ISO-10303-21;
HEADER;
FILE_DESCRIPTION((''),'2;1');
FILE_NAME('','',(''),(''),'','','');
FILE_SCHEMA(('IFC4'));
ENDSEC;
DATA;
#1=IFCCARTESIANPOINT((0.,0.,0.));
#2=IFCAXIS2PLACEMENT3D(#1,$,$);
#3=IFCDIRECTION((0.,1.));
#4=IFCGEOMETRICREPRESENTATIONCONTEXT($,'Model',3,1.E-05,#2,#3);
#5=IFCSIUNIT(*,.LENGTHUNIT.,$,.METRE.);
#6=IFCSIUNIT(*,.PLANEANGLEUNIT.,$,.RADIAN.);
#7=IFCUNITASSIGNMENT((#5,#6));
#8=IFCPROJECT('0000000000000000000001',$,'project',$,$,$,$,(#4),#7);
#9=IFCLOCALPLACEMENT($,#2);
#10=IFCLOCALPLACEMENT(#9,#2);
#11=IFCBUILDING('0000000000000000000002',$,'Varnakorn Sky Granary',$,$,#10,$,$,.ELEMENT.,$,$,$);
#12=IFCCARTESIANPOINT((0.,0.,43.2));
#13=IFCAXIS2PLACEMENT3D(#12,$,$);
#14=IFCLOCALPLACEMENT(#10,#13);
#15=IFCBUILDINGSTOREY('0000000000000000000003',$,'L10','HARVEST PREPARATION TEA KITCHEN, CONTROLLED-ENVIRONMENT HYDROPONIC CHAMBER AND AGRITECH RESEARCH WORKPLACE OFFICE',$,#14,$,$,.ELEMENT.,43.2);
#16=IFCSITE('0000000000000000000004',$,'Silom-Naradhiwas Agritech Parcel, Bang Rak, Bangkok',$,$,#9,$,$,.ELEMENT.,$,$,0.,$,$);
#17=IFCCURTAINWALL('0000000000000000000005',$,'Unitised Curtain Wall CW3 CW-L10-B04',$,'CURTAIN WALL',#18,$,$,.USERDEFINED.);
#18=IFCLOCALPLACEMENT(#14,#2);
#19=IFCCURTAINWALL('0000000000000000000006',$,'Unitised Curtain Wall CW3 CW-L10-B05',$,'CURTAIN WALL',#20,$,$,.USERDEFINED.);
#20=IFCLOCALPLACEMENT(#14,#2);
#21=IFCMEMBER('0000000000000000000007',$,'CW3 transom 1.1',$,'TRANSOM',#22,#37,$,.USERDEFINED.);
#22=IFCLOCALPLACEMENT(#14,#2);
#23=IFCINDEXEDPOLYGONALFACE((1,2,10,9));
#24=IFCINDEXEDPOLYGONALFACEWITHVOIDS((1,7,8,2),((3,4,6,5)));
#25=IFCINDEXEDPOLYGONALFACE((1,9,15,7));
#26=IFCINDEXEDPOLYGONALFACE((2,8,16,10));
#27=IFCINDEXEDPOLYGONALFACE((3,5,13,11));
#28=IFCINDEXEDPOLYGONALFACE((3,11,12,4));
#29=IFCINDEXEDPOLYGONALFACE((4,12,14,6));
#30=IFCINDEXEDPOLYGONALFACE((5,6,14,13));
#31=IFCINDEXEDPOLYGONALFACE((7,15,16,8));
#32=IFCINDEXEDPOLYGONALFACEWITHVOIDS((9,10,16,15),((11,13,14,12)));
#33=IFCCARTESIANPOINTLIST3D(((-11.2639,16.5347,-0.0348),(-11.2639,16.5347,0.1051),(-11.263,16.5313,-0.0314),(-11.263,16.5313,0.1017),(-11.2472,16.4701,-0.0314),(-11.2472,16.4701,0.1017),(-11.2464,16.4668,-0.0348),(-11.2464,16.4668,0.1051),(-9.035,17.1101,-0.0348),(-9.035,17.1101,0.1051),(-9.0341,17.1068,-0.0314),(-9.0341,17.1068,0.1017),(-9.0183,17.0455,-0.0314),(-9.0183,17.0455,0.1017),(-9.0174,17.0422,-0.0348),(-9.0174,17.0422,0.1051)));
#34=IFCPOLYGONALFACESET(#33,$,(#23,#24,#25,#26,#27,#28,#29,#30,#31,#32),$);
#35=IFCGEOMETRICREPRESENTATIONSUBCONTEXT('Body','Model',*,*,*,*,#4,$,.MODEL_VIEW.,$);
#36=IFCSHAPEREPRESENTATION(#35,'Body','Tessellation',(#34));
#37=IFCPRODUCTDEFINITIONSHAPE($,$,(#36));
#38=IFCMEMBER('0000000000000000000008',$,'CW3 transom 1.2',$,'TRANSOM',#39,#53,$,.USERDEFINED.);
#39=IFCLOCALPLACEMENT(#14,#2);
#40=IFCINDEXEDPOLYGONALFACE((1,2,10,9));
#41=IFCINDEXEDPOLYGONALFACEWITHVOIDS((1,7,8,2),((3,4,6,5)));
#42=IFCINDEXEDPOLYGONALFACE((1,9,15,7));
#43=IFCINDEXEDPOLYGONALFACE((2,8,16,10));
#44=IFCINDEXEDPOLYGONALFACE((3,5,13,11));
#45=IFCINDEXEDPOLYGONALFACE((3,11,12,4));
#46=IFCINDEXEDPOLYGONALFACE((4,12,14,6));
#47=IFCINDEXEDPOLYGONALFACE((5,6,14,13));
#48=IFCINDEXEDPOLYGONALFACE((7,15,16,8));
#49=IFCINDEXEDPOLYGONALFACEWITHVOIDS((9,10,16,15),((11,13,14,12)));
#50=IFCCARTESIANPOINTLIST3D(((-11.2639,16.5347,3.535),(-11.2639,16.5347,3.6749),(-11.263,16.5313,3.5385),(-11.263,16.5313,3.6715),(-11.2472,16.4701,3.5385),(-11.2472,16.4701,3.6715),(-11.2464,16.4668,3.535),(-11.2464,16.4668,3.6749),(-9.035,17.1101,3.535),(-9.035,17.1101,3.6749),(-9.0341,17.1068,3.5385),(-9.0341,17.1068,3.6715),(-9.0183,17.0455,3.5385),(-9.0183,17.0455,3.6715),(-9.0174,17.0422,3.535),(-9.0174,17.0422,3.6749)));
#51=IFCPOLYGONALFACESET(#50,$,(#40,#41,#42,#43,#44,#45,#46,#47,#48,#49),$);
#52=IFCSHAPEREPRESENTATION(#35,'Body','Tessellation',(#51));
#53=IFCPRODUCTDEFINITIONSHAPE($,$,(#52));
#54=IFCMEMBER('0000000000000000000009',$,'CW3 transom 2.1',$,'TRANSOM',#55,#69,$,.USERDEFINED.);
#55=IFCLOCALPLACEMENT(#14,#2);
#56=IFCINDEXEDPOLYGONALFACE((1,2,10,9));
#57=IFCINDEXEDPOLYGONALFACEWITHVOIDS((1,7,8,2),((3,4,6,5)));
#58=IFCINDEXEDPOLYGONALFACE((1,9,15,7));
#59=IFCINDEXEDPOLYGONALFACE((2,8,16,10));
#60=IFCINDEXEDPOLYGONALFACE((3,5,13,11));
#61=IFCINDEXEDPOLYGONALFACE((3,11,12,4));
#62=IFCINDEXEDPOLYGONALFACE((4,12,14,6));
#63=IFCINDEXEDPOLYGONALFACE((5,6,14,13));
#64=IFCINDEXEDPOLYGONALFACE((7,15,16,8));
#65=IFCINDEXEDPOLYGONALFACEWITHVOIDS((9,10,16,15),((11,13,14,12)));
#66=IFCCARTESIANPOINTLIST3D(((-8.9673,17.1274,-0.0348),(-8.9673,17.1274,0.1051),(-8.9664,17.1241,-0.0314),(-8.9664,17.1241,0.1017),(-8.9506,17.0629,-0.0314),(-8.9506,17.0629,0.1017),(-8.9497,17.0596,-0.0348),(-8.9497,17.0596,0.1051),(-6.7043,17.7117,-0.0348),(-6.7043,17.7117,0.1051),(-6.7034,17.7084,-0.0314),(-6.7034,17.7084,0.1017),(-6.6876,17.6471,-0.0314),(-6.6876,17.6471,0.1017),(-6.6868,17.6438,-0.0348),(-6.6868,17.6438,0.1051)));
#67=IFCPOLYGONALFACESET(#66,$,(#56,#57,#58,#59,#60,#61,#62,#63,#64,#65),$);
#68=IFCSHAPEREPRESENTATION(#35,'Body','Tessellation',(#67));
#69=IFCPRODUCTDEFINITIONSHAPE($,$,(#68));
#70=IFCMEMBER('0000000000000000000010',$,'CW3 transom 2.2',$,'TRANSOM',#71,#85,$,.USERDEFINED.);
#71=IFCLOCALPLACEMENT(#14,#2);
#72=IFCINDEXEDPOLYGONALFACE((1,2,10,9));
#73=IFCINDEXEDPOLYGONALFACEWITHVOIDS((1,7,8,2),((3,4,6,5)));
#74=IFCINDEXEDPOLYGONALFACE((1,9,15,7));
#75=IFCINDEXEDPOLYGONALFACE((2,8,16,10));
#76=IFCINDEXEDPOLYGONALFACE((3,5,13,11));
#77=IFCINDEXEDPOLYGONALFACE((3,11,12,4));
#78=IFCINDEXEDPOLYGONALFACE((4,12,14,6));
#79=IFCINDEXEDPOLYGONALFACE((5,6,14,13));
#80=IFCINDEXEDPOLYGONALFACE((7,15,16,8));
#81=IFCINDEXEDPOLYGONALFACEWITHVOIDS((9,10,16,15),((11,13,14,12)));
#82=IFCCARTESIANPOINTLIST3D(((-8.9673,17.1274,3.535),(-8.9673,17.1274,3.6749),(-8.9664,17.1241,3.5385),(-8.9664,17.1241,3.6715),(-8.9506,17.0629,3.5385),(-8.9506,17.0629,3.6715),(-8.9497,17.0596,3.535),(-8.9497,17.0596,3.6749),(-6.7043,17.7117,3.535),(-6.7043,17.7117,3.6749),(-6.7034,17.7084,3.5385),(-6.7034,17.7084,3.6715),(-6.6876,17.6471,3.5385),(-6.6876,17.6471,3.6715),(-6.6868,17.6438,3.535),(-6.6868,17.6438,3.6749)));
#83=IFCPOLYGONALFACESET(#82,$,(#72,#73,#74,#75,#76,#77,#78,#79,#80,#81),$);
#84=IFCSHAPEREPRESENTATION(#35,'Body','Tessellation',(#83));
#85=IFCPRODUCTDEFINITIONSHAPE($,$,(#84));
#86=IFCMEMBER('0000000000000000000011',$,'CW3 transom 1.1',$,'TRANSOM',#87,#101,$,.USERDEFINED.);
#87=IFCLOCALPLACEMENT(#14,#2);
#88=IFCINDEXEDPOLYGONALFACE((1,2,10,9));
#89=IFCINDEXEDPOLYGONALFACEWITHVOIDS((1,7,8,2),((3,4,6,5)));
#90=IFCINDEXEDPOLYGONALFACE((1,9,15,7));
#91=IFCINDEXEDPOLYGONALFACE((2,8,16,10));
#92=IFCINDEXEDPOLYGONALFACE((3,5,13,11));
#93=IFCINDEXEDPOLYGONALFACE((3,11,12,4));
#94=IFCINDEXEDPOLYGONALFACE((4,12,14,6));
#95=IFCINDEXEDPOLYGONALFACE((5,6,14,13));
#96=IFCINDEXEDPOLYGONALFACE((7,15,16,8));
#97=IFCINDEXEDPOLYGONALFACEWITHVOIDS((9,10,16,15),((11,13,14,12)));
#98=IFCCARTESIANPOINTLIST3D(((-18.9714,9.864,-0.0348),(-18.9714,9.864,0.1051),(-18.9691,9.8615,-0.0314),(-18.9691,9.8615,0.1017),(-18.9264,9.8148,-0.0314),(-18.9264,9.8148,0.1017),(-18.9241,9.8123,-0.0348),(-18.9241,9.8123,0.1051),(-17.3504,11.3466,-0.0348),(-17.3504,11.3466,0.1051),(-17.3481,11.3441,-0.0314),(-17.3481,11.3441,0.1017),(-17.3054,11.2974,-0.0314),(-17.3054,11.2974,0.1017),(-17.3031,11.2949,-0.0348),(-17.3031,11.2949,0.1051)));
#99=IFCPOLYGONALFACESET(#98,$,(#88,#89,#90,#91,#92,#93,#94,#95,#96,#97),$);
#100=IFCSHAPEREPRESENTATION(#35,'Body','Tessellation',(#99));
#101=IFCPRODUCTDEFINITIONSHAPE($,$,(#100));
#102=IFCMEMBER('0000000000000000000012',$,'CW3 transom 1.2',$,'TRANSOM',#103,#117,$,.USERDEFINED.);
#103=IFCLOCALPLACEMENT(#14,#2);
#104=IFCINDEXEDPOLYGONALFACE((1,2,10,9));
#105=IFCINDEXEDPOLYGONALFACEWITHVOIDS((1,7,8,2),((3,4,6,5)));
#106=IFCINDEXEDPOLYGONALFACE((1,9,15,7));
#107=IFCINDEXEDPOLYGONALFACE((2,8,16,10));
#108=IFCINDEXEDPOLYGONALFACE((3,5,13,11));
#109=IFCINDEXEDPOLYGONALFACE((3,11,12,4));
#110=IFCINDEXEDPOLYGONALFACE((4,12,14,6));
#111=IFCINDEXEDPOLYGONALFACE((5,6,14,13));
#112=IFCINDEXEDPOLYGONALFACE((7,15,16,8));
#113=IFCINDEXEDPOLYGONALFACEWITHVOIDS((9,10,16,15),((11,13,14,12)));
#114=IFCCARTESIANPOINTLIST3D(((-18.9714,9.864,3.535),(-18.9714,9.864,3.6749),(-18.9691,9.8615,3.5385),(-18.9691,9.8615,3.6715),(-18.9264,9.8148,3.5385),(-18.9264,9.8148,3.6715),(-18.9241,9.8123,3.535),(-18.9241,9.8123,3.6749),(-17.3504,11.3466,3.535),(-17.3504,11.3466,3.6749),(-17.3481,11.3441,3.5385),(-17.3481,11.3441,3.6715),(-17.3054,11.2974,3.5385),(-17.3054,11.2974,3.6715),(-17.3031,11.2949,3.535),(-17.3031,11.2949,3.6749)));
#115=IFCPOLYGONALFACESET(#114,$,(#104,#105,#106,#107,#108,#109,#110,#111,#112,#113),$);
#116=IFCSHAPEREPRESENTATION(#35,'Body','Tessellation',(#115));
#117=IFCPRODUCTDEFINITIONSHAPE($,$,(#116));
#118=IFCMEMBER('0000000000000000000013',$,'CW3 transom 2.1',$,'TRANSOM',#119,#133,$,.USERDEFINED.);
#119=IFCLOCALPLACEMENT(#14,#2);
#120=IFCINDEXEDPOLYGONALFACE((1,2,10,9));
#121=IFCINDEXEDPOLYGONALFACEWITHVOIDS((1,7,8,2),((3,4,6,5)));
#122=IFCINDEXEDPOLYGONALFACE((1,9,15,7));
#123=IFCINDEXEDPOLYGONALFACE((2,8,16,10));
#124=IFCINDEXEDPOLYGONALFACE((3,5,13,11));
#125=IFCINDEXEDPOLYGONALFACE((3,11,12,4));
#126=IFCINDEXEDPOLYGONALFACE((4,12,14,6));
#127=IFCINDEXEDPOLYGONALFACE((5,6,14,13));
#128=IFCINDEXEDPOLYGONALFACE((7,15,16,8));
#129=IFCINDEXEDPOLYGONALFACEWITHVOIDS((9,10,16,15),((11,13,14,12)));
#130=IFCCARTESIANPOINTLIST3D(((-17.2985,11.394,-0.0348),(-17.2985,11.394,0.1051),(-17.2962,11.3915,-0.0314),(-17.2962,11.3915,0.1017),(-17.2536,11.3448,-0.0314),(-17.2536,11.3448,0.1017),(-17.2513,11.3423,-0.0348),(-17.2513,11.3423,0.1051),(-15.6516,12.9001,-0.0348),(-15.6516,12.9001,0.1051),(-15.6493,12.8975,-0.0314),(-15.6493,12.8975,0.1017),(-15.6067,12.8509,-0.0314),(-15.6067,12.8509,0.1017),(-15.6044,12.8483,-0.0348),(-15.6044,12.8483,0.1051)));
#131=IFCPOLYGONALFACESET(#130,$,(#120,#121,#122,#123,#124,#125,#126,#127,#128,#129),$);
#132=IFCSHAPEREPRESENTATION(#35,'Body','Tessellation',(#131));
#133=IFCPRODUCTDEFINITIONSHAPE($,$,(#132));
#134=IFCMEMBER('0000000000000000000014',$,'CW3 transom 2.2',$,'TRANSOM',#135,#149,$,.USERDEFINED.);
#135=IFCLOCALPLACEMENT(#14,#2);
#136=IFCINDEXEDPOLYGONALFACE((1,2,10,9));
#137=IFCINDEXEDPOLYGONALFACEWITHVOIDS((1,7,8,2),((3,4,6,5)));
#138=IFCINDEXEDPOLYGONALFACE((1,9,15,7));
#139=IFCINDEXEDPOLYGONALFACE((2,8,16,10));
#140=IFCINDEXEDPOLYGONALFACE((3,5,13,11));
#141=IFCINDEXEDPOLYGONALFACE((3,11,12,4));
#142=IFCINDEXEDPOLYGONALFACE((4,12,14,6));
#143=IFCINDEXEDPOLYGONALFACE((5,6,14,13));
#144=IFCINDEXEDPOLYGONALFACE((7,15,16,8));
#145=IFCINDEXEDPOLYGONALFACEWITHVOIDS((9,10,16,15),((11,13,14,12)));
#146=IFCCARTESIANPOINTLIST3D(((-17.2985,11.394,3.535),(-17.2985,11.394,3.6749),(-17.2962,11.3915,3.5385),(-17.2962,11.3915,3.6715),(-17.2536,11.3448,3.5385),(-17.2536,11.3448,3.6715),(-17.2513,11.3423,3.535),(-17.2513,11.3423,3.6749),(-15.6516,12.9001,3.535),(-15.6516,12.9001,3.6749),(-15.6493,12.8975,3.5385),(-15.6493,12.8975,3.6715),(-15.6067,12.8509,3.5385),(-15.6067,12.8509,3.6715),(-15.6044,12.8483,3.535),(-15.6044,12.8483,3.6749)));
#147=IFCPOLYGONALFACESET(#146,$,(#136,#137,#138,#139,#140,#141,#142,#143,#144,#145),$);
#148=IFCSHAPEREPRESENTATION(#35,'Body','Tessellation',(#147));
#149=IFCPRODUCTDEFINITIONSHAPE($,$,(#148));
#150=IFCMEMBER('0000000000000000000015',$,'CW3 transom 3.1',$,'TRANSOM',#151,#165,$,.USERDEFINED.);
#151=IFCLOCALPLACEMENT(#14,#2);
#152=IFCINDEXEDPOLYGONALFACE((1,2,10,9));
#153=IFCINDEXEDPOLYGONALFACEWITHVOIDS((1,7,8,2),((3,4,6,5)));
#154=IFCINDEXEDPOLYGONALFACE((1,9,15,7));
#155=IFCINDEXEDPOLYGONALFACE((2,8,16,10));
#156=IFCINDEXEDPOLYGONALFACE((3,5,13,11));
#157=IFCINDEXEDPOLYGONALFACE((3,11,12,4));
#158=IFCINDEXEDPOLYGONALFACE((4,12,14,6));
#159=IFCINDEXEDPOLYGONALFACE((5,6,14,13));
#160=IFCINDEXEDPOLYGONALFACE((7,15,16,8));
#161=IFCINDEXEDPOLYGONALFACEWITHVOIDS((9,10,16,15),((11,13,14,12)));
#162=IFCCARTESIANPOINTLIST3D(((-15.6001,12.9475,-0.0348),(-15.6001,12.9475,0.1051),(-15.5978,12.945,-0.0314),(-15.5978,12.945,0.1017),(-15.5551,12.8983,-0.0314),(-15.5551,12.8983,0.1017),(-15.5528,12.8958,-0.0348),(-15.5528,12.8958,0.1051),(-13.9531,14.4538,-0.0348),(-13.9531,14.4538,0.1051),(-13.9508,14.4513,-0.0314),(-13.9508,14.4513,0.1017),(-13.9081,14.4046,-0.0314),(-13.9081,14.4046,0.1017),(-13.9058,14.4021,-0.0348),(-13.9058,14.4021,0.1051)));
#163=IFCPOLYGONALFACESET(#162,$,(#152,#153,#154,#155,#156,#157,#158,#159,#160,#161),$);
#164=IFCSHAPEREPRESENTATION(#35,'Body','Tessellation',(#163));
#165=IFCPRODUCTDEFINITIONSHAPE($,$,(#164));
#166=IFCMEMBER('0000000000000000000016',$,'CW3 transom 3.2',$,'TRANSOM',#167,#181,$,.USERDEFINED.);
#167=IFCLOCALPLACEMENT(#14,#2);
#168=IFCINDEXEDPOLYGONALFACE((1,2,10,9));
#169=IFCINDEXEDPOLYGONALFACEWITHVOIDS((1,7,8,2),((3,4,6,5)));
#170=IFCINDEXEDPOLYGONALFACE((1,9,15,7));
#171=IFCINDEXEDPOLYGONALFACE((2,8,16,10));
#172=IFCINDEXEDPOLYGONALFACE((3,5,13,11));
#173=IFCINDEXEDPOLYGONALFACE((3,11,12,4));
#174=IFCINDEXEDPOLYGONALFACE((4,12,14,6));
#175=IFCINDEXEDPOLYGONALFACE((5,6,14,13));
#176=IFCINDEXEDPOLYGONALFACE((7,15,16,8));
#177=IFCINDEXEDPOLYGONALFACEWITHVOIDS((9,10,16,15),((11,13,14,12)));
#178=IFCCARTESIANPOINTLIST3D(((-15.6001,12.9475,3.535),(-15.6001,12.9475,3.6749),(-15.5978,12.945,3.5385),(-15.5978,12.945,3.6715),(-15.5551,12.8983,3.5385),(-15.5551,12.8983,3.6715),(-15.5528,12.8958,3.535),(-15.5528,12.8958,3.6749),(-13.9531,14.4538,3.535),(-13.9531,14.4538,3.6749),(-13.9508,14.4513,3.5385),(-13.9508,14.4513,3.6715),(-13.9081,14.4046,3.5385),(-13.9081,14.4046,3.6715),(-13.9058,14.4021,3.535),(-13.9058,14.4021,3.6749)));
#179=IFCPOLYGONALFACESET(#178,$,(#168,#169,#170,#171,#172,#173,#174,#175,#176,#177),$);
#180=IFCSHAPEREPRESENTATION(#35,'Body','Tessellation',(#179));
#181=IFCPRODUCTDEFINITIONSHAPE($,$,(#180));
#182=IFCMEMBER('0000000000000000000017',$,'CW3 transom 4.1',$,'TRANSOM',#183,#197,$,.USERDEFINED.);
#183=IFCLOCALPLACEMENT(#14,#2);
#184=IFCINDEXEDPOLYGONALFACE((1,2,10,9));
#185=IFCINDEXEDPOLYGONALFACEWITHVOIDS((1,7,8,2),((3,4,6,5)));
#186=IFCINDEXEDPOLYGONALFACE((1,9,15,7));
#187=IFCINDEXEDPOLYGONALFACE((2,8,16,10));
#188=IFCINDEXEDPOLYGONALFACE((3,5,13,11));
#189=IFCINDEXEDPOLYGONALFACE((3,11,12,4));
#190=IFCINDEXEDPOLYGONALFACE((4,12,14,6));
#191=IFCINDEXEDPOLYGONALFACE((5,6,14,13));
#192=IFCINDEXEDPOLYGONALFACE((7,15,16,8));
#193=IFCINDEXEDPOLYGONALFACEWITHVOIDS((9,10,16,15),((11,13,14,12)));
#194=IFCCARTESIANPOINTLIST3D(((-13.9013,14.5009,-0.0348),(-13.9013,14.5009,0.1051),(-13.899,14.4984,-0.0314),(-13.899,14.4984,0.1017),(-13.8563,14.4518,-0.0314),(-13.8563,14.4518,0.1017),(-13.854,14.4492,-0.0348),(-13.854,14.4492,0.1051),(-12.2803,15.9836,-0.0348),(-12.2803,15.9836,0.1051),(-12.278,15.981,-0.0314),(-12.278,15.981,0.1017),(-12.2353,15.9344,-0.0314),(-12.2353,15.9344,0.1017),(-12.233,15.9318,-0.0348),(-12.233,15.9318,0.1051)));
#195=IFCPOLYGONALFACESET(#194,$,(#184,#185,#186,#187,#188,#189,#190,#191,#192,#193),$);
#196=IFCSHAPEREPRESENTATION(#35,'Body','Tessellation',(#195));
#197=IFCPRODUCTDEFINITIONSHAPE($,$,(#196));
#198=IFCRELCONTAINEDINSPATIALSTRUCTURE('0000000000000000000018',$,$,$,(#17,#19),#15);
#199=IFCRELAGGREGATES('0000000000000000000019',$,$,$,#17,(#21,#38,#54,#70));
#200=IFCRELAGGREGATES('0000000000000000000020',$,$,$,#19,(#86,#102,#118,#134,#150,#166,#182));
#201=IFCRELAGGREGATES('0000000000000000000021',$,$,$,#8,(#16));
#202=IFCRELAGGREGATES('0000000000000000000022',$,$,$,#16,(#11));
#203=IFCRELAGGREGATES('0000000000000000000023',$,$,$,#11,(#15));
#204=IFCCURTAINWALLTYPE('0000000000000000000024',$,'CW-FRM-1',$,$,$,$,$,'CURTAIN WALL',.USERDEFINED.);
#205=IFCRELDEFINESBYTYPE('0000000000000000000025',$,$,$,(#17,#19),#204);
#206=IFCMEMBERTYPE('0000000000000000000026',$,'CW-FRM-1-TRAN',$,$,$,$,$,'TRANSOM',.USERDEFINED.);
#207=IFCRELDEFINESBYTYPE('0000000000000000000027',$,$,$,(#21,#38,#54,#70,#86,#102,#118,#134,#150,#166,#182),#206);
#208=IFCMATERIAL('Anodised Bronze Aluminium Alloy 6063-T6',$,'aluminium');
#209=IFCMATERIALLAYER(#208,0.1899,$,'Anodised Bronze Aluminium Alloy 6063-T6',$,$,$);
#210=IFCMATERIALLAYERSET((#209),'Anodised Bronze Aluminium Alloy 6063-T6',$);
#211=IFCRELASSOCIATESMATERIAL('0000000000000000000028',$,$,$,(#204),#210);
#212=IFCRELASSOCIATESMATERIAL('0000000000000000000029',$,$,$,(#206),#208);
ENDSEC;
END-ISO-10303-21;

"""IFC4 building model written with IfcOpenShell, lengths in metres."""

from ifc_helpers import new_model, si_unit, direction, frame, origin, origin_2d, place, context, subcontext, project, spatial, hollow_rectangle, extrude, material, layer, layer_set, material_profile, profile_set, type_object, element, aggregate, save


model = new_model("IFC4")

# Units and contexts
model_context = context("Model", 3, precision=1e-05, world=origin(), true_north=direction((0.0, 1.0)))
body_context = subcontext(model_context, "Body", "Model", "MODEL_VIEW")
ifc_project = project(units=[si_unit("LENGTHUNIT", "METRE"), si_unit("PLANEANGLEUNIT", "RADIAN")], contexts=[model_context])

# Site, building, storey
site_placement = place(None, origin())
site = spatial("IfcSite", under=ifc_project, at=site_placement, Name="Silom-Naradhiwas Agritech Parcel, Bang Rak, Bangkok", CompositionType="ELEMENT", RefElevation=0.0)
building_placement = place(site_placement, origin())
building = spatial("IfcBuilding", under=site, at=building_placement, Name="Varnakorn Sky Granary", CompositionType="ELEMENT")
storey_placement = place(building_placement, frame((0.0, 0.0, 43.2)))
storey = spatial("IfcBuildingStorey", under=building, at=storey_placement, Name="L10", Description="HARVEST PREPARATION TEA KITCHEN, CONTROLLED-ENVIRONMENT HYDROPONIC CHAMBER AND AGRITECH RESEARCH WORKPLACE OFFICE", CompositionType="ELEMENT", Elevation=43.2)

# Curtain walls
ifc_material_1 = material(Name="Anodised Bronze Aluminium Alloy 6063-T6", Category="aluminium")
ifc_layer_1 = layer(ifc_material_1, 0.1899, Name="Anodised Bronze Aluminium Alloy 6063-T6")
ifc_layer_set_1 = layer_set([ifc_layer_1], Name="Anodised Bronze Aluminium Alloy 6063-T6")
curtain_wall_type = type_object("IfcCurtainWallType", Name="CW-FRM-1", ElementType="CURTAIN WALL", PredefinedType="USERDEFINED", material=ifc_layer_set_1)
curtain_wall_1_placement = place(storey_placement, origin())
curtain_wall_1 = element("IfcCurtainWall", 1, at=curtain_wall_1_placement, inside=storey, type_object=curtain_wall_type, Name="Unitised Curtain Wall CW3 CW-L10-B04", ObjectType="CURTAIN WALL", PredefinedType="USERDEFINED")
curtain_wall_2_placement = place(storey_placement, origin())
curtain_wall_2 = element("IfcCurtainWall", 2, at=curtain_wall_2_placement, inside=storey, type_object=curtain_wall_type, Name="Unitised Curtain Wall CW3 CW-L10-B05", ObjectType="CURTAIN WALL", PredefinedType="USERDEFINED")

# Members
ifc_material_profile_1 = material_profile(ifc_material_1, hollow_rectangle(XDim=0.0701, YDim=0.1399, WallThickness=0.0034, at=origin_2d()), Name="ALU TRAN 70x140")
ifc_profile_set_1 = profile_set([ifc_material_profile_1], Name="Anodised Bronze Aluminium Alloy 6063-T6")
member_type_1 = type_object("IfcMemberType", Name="CW-FRM-1-TRAN", ElementType="TRANSOM", PredefinedType="USERDEFINED", material=ifc_profile_set_1)
member_1_placement = place(storey_placement, frame((-11.2551, 16.5007, 0.0352), z_axis=(0.968255, 0.249965, 0.0), x_axis=(-0.249965, 0.968255, 0.0)))
member_1 = element("IfcMember", 3, at=member_1_placement, type_object=member_type_1, Name="CW3 transom 1.1", ObjectType="TRANSOM", PredefinedType="USERDEFINED", context=body_context, shape_type="SweptSolid", body=[
    extrude(hollow_rectangle(XDim=0.0701, YDim=0.1399, WallThickness=0.0034, at=origin_2d()), origin(), (0.0, 0.0, 1.0), 2.302),
])
member_2_placement = place(storey_placement, frame((-11.2551, 16.5007, 3.605), z_axis=(0.968255, 0.249965, 0.0), x_axis=(-0.249965, 0.968255, 0.0)))
member_2 = element("IfcMember", 4, at=member_2_placement, type_object=member_type_1, Name="CW3 transom 1.2", ObjectType="TRANSOM", PredefinedType="USERDEFINED", context=body_context, shape_type="SweptSolid", body=[
    extrude(hollow_rectangle(XDim=0.0701, YDim=0.1399, WallThickness=0.0034, at=origin_2d()), origin(), (0.0, 0.0, 1.0), 2.302),
])
member_3_placement = place(storey_placement, frame((-8.9585, 17.0935, 0.0352), z_axis=(0.968252, 0.249976, 0.0), x_axis=(-0.249976, 0.968252, 0.0)))
member_3 = element("IfcMember", 5, at=member_3_placement, type_object=member_type_1, Name="CW3 transom 2.1", ObjectType="TRANSOM", PredefinedType="USERDEFINED", context=body_context, shape_type="SweptSolid", body=[
    extrude(hollow_rectangle(XDim=0.0701, YDim=0.1399, WallThickness=0.0034, at=origin_2d()), origin(), (0.0, 0.0, 1.0), 2.3372),
])
member_4_placement = place(storey_placement, frame((-8.9585, 17.0935, 3.605), z_axis=(0.968252, 0.249976, 0.0), x_axis=(-0.249976, 0.968252, 0.0)))
member_4 = element("IfcMember", 6, at=member_4_placement, type_object=member_type_1, Name="CW3 transom 2.2", ObjectType="TRANSOM", PredefinedType="USERDEFINED", context=body_context, shape_type="SweptSolid", body=[
    extrude(hollow_rectangle(XDim=0.0701, YDim=0.1399, WallThickness=0.0034, at=origin_2d()), origin(), (0.0, 0.0, 1.0), 2.3372),
])
member_5_placement = place(storey_placement, frame((-18.9478, 9.8381, 0.0352), z_axis=(0.73791, 0.674899, 0.0), x_axis=(-0.674899, 0.73791, 0.0)))
member_5 = element("IfcMember", 7, at=member_5_placement, type_object=member_type_1, Name="CW3 transom 1.1", ObjectType="TRANSOM", PredefinedType="USERDEFINED", context=body_context, shape_type="SweptSolid", body=[
    extrude(hollow_rectangle(XDim=0.0701, YDim=0.1399, WallThickness=0.0034, at=origin_2d()), origin(), (0.0, 0.0, 1.0), 2.1968),
])
member_6_placement = place(storey_placement, frame((-18.9478, 9.8381, 3.605), z_axis=(0.73791, 0.674899, 0.0), x_axis=(-0.674899, 0.73791, 0.0)))
member_6 = element("IfcMember", 8, at=member_6_placement, type_object=member_type_1, Name="CW3 transom 1.2", ObjectType="TRANSOM", PredefinedType="USERDEFINED", context=body_context, shape_type="SweptSolid", body=[
    extrude(hollow_rectangle(XDim=0.0701, YDim=0.1399, WallThickness=0.0034, at=origin_2d()), origin(), (0.0, 0.0, 1.0), 2.1968),
])
member_7_placement = place(storey_placement, frame((-17.2749, 11.3682, 0.0352), z_axis=(0.737962, 0.674842, 0.0), x_axis=(-0.674842, 0.737962, 0.0)))
member_7 = element("IfcMember", 9, at=member_7_placement, type_object=member_type_1, Name="CW3 transom 2.1", ObjectType="TRANSOM", PredefinedType="USERDEFINED", context=body_context, shape_type="SweptSolid", body=[
    extrude(hollow_rectangle(XDim=0.0701, YDim=0.1399, WallThickness=0.0034, at=origin_2d()), origin(), (0.0, 0.0, 1.0), 2.2317),
])
member_8_placement = place(storey_placement, frame((-17.2749, 11.3682, 3.605), z_axis=(0.737962, 0.674842, 0.0), x_axis=(-0.674842, 0.737962, 0.0)))
member_8 = element("IfcMember", 10, at=member_8_placement, type_object=member_type_1, Name="CW3 transom 2.2", ObjectType="TRANSOM", PredefinedType="USERDEFINED", context=body_context, shape_type="SweptSolid", body=[
    extrude(hollow_rectangle(XDim=0.0701, YDim=0.1399, WallThickness=0.0034, at=origin_2d()), origin(), (0.0, 0.0, 1.0), 2.2317),
])
member_9_placement = place(storey_placement, frame((-15.5764, 12.9216, 0.0352), z_axis=(0.737907, 0.674902, 0.0), x_axis=(-0.674902, 0.737907, 0.0)))
member_9 = element("IfcMember", 11, at=member_9_placement, type_object=member_type_1, Name="CW3 transom 3.1", ObjectType="TRANSOM", PredefinedType="USERDEFINED", context=body_context, shape_type="SweptSolid", body=[
    extrude(hollow_rectangle(XDim=0.0701, YDim=0.1399, WallThickness=0.0034, at=origin_2d()), origin(), (0.0, 0.0, 1.0), 2.2319),
])
member_10_placement = place(storey_placement, frame((-15.5764, 12.9216, 3.605), z_axis=(0.737907, 0.674902, 0.0), x_axis=(-0.674902, 0.737907, 0.0)))
member_10 = element("IfcMember", 12, at=member_10_placement, type_object=member_type_1, Name="CW3 transom 3.2", ObjectType="TRANSOM", PredefinedType="USERDEFINED", context=body_context, shape_type="SweptSolid", body=[
    extrude(hollow_rectangle(XDim=0.0701, YDim=0.1399, WallThickness=0.0034, at=origin_2d()), origin(), (0.0, 0.0, 1.0), 2.2319),
])
member_11_placement = place(storey_placement, frame((-13.8777, 14.4751, 0.0352), z_axis=(0.73791, 0.674899, 0.0), x_axis=(-0.674899, 0.73791, 0.0)))
member_11 = element("IfcMember", 13, at=member_11_placement, type_object=member_type_1, Name="CW3 transom 4.1", ObjectType="TRANSOM", PredefinedType="USERDEFINED", context=body_context, shape_type="SweptSolid", body=[
    extrude(hollow_rectangle(XDim=0.0701, YDim=0.1399, WallThickness=0.0034, at=origin_2d()), origin(), (0.0, 0.0, 1.0), 2.1968),
])

aggregate(curtain_wall_1, [member_1, member_2, member_3, member_4])
aggregate(curtain_wall_2, [member_5, member_6, member_7, member_8, member_9, member_10, member_11])

save(model, "model.ifc")
